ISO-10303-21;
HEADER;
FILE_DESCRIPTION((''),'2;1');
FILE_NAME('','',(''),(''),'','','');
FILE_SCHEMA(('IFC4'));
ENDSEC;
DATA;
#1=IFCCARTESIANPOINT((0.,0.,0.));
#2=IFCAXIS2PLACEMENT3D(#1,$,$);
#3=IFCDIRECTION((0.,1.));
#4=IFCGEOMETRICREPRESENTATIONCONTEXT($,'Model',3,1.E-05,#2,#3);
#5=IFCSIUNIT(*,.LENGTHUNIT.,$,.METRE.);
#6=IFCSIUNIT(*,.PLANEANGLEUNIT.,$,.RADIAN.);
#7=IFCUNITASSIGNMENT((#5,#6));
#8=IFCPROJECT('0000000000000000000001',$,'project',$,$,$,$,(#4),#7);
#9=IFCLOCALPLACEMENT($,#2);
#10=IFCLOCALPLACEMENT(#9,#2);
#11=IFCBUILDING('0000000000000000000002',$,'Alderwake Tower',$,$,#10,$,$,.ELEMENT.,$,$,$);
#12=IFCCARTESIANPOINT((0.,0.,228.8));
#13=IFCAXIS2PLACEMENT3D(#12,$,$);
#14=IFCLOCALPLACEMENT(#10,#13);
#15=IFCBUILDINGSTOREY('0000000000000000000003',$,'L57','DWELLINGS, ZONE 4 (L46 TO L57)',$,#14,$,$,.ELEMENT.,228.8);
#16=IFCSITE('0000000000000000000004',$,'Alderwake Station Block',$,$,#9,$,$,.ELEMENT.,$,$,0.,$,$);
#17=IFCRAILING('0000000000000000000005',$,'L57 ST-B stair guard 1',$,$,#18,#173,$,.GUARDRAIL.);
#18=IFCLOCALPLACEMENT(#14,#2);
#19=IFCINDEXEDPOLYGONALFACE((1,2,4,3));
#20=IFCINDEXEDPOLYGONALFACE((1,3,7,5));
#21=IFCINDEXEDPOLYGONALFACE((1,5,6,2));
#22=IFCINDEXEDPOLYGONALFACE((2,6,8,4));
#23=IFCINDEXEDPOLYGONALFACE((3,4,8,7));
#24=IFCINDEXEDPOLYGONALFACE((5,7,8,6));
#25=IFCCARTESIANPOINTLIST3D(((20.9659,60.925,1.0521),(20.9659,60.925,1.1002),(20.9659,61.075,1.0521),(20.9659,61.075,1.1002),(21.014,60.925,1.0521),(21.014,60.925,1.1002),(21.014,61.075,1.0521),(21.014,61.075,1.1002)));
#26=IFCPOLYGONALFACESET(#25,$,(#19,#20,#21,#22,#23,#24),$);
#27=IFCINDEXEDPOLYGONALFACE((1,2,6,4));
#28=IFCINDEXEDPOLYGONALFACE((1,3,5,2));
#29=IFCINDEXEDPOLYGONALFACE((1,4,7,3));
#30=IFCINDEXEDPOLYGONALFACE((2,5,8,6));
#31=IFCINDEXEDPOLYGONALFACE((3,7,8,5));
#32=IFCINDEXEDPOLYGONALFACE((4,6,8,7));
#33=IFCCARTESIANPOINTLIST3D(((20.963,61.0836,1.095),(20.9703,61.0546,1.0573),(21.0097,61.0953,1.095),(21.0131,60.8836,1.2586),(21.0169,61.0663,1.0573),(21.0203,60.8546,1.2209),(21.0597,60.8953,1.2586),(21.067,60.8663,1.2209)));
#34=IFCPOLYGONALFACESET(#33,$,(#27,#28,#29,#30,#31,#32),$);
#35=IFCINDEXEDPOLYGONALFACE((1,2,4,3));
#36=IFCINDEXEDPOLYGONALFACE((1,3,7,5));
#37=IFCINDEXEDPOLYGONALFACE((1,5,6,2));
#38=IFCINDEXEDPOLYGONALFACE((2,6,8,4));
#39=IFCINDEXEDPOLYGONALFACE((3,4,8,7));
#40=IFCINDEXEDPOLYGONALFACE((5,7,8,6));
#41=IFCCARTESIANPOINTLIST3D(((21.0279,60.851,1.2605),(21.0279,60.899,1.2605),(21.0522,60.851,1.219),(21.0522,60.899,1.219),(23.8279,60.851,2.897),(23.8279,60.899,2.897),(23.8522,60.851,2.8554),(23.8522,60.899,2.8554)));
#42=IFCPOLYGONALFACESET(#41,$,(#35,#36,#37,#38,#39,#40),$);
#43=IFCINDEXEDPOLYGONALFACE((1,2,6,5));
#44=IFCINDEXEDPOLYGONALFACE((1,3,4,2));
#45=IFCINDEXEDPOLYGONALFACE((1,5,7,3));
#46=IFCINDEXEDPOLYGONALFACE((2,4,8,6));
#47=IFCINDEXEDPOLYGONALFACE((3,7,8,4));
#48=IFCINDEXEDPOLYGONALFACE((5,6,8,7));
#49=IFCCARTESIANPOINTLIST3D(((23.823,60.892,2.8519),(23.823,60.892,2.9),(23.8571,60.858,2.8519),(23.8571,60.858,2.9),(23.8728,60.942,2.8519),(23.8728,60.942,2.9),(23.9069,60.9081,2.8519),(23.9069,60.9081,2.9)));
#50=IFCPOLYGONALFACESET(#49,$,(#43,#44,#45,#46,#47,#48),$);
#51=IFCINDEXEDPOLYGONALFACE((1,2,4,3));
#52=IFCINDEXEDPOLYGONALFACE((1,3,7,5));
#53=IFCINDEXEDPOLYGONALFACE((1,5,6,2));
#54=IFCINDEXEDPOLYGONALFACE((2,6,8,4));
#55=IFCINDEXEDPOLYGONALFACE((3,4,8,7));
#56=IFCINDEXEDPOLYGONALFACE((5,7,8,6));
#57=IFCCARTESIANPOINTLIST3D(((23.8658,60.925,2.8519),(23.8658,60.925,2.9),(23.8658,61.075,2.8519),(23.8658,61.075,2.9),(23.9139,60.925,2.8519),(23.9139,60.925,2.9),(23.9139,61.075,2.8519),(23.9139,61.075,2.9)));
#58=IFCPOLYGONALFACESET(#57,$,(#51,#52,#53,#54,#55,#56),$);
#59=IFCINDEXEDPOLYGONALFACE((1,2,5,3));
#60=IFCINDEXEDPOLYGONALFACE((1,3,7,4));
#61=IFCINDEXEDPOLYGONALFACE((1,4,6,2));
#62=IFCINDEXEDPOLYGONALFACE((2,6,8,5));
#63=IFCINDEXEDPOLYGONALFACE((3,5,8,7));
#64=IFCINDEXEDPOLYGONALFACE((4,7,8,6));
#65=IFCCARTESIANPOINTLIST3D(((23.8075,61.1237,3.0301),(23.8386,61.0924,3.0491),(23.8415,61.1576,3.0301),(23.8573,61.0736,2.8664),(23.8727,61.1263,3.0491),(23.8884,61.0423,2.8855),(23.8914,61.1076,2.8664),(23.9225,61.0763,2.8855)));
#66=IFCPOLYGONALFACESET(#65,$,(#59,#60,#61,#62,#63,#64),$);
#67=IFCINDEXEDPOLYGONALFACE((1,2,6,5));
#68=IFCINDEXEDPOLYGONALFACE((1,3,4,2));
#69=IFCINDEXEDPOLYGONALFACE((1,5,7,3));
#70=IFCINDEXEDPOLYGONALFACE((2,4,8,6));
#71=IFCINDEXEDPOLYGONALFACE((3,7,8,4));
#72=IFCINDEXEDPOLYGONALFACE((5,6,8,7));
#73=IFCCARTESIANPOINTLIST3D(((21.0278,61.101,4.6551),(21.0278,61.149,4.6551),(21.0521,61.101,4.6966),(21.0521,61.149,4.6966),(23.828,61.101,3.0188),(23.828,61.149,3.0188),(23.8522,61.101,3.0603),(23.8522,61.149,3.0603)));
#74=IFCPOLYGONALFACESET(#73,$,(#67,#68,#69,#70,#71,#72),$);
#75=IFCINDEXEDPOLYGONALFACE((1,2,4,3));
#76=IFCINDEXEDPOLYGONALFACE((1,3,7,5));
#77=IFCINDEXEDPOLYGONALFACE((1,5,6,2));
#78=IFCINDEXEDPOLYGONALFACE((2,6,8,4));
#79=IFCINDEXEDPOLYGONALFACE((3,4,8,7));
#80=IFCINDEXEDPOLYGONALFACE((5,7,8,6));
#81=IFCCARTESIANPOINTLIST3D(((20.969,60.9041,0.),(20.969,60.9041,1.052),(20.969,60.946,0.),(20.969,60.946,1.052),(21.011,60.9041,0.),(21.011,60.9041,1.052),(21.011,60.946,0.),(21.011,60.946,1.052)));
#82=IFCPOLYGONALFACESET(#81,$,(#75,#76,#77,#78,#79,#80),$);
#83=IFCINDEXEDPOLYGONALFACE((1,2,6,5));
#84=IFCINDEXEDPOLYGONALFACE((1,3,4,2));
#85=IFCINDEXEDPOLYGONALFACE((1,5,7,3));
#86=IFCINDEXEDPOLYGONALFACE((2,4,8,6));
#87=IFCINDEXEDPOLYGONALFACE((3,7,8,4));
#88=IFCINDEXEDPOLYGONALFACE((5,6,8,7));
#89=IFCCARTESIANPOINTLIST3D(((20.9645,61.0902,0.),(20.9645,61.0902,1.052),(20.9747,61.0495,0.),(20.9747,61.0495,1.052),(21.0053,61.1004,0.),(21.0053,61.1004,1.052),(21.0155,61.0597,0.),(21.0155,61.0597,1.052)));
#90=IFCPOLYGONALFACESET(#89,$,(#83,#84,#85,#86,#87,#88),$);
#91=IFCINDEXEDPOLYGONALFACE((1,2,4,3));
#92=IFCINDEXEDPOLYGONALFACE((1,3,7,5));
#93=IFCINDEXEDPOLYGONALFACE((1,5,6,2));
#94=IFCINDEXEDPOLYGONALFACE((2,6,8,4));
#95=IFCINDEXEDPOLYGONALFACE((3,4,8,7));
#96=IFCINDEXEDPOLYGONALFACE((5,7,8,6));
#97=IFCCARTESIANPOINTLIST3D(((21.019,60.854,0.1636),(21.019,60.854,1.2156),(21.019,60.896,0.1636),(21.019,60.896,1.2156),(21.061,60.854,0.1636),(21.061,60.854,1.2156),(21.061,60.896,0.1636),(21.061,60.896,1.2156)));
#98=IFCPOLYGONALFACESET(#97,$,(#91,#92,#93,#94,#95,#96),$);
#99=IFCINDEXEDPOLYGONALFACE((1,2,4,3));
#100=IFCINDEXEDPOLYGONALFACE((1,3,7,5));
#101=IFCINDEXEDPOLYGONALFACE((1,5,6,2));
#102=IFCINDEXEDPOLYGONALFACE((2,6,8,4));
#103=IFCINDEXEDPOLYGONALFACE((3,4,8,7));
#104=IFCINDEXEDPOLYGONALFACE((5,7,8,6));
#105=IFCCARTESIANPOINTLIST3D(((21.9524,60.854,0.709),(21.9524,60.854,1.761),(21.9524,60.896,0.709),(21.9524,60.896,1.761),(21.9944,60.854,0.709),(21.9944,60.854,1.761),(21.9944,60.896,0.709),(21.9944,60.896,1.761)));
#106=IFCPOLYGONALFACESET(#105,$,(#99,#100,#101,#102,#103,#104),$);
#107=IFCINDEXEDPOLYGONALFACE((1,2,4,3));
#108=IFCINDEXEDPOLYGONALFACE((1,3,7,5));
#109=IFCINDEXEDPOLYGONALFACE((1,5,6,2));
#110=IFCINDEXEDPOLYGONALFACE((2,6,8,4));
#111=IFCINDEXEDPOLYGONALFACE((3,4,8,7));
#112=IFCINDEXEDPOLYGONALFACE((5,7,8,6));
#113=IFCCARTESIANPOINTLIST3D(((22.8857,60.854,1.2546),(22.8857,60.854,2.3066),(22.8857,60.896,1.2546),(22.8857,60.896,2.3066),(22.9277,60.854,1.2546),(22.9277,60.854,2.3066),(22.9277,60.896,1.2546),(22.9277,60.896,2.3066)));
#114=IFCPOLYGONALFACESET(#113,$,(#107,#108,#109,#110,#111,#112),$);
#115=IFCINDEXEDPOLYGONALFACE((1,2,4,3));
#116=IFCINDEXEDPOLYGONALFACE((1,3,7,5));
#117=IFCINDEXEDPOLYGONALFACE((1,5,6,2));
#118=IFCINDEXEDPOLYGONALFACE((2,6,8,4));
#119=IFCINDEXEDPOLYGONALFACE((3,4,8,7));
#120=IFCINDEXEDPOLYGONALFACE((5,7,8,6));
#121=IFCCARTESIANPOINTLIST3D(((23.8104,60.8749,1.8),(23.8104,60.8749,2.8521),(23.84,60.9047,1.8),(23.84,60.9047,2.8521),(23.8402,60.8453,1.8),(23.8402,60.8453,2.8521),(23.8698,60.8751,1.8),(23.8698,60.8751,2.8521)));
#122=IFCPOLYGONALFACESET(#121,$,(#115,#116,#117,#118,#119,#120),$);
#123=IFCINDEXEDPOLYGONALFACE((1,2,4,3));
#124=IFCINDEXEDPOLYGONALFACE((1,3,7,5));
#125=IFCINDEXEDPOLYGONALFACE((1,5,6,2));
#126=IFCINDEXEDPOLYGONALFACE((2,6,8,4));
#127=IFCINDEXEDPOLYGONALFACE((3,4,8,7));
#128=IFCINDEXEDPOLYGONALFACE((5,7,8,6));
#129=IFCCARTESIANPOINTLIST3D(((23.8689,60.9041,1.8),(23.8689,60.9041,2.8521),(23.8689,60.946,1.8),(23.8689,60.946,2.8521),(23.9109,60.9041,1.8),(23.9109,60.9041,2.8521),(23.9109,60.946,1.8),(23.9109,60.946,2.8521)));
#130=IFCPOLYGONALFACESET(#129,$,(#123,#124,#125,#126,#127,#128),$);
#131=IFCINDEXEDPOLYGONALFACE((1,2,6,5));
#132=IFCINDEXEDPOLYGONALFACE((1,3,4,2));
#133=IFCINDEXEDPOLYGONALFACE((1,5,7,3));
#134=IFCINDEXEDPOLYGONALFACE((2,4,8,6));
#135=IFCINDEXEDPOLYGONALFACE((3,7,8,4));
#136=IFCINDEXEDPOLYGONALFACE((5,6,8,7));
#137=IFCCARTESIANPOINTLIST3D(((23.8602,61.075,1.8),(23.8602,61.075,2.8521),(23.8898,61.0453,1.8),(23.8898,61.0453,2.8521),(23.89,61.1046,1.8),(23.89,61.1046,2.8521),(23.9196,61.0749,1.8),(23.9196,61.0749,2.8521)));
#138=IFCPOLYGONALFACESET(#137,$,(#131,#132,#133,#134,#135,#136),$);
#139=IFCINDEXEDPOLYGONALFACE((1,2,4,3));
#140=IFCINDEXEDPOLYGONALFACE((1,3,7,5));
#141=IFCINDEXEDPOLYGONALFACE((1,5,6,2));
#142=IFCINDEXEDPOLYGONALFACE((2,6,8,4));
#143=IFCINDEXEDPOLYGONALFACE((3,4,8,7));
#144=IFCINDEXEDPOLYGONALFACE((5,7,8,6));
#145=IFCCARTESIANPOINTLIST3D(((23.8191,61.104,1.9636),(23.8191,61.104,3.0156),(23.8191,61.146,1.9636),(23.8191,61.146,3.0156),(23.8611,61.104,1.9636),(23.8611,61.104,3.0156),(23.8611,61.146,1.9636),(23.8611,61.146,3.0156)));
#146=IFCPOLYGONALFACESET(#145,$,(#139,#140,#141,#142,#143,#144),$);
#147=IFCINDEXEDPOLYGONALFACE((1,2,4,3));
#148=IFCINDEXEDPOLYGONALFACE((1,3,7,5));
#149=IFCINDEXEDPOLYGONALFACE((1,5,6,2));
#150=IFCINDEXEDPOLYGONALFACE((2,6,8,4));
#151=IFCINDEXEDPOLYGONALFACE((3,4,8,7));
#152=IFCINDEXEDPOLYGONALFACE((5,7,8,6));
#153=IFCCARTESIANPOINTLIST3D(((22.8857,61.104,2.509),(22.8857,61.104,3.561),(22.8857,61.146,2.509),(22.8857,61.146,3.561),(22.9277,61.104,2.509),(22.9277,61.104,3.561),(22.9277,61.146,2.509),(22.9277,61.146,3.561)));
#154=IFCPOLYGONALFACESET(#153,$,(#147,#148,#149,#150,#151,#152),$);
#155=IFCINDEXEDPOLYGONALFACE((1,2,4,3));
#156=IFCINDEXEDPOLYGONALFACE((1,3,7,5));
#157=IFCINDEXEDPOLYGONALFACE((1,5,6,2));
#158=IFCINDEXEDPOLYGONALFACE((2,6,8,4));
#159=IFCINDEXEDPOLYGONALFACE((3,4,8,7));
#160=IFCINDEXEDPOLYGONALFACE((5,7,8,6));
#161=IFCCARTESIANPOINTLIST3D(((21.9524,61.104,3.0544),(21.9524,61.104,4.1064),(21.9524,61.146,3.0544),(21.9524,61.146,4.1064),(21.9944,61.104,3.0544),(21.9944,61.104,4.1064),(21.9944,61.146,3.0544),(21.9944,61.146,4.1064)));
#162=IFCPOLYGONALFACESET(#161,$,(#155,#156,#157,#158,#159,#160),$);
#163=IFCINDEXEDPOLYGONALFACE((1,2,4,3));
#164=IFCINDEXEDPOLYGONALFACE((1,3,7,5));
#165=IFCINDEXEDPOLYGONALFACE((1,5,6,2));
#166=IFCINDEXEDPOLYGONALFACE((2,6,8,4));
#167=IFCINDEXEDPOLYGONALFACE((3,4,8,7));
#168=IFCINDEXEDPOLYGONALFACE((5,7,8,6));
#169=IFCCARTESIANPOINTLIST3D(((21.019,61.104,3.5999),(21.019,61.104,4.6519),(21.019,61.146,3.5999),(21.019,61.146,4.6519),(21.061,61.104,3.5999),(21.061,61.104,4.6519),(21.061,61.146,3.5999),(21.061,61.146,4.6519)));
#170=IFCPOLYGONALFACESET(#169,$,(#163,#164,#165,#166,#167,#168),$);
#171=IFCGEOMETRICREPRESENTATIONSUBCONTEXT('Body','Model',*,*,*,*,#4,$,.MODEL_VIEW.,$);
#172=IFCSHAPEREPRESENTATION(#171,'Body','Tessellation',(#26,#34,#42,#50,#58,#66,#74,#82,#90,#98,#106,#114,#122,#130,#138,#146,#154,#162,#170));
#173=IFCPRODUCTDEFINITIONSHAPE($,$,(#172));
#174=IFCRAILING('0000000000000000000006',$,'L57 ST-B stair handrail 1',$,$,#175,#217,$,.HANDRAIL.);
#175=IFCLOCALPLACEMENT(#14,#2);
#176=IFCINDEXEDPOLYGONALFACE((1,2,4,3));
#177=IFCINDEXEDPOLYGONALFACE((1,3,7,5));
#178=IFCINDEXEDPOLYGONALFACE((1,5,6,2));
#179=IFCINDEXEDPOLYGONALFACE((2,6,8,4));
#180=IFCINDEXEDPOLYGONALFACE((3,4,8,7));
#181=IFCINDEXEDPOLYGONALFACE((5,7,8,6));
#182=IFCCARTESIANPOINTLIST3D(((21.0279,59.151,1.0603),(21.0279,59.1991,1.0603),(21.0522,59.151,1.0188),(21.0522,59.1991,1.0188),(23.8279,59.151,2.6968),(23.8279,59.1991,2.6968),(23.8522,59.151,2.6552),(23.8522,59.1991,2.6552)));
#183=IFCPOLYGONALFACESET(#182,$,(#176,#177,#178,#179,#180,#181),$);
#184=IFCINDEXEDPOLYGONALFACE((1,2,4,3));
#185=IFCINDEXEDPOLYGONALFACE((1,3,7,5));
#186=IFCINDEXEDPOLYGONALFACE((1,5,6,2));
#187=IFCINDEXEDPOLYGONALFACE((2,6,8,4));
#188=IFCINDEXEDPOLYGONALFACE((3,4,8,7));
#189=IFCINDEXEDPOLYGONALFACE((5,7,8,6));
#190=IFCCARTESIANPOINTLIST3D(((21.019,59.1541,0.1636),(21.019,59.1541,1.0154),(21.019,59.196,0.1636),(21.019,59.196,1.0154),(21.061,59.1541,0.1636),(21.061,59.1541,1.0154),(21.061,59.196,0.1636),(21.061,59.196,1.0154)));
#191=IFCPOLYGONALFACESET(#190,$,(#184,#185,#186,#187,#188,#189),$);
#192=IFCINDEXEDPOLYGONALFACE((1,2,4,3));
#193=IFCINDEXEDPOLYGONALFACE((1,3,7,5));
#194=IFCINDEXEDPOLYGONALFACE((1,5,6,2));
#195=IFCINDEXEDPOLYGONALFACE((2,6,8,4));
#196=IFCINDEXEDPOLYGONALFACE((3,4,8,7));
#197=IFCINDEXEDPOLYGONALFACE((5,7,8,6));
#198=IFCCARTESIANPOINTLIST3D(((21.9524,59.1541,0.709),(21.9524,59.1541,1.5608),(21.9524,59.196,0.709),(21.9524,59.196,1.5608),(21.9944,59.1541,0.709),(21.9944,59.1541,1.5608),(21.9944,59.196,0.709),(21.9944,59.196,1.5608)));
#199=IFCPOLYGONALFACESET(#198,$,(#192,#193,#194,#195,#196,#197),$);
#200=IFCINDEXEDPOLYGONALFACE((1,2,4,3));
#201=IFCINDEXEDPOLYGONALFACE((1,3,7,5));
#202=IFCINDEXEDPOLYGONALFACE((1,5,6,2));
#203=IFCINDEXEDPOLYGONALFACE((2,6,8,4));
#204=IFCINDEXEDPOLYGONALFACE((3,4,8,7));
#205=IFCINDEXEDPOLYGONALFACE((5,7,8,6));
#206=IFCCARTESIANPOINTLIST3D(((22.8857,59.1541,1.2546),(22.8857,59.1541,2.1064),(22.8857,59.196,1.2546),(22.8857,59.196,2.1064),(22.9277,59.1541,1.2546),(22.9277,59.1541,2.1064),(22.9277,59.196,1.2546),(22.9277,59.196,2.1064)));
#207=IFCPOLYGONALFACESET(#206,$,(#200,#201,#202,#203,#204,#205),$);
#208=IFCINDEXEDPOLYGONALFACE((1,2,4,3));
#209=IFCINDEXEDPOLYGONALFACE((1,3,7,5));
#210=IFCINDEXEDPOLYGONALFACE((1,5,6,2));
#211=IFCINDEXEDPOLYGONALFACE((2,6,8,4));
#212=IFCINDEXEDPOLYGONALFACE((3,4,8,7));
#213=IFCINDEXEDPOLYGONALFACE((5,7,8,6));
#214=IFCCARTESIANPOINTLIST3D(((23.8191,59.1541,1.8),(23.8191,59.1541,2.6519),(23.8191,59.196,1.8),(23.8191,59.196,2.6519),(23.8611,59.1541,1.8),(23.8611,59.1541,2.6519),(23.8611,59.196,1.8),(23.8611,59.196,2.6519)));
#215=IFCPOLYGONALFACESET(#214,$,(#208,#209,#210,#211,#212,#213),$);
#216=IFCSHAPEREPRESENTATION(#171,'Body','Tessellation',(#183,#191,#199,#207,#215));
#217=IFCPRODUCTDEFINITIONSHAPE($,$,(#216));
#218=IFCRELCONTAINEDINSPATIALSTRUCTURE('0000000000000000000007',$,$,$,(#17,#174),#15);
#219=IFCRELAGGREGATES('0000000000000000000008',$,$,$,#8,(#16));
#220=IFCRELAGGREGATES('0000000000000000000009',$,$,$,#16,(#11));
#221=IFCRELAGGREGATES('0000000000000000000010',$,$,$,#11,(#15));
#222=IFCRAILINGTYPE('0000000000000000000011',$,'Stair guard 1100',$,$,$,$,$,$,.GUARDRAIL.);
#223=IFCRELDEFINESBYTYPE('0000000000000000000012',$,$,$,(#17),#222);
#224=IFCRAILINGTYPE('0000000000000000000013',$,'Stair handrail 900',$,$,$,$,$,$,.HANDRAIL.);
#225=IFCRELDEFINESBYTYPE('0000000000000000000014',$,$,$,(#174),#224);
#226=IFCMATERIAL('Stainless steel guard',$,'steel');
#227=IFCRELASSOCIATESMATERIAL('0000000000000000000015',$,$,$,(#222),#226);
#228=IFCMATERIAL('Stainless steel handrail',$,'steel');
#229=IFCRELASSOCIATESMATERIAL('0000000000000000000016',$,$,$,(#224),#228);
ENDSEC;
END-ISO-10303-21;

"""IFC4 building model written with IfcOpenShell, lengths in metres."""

from ifc_helpers import new_model, si_unit, direction, frame, origin, origin_with_axes, origin_2d, place, context, subcontext, project, spatial, rectangle, extrude, material, type_object, element, save


model = new_model("IFC4")

# Units and contexts
model_context = context("Model", 3, precision=1e-05, world=origin(), true_north=direction((0.0, 1.0)))
body_context = subcontext(model_context, "Body", "Model", "MODEL_VIEW")
ifc_project = project(units=[si_unit("LENGTHUNIT", "METRE"), si_unit("PLANEANGLEUNIT", "RADIAN")], contexts=[model_context])

# Site, building, storey
site_placement = place(None, origin())
site = spatial("IfcSite", under=ifc_project, at=site_placement, Name="Alderwake Station Block", CompositionType="ELEMENT", RefElevation=0.0)
building_placement = place(site_placement, origin())
building = spatial("IfcBuilding", under=site, at=building_placement, Name="Alderwake Tower", CompositionType="ELEMENT")
storey_placement = place(building_placement, frame((0.0, 0.0, 228.8)))
storey = spatial("IfcBuildingStorey", under=building, at=storey_placement, Name="L57", Description="DWELLINGS, ZONE 4 (L46 TO L57)", CompositionType="ELEMENT", Elevation=228.8)

# Railings
ifc_material_1 = material(Name="Stainless steel guard", Category="steel")
railing_type_1 = type_object("IfcRailingType", Name="Stair guard 1100", PredefinedType="GUARDRAIL", material=ifc_material_1)
railing_1_placement = place(storey_placement, frame((20.99, 60.925, 0.0)))
element("IfcRailing", 1, at=railing_1_placement, inside=storey, type_object=railing_type_1, Name="L57 ST-B stair guard 1", PredefinedType="GUARDRAIL", context=body_context, shape_type="SweptSolid", body=[
    extrude(rectangle(XDim=0.0481, YDim=0.0481, at=origin_2d()), frame((0.0, 0.0, 1.0762), z_axis=(0.0, 1.0, 0.0), x_axis=(-1.0, 0.0, 0.0)), (0.0, 0.0, 1.0), 0.1499),
    extrude(rectangle(XDim=0.0481, YDim=0.0481, at=origin_2d()), frame((0.0, 0.1499, 1.0762), z_axis=(0.1902, -0.75987, 0.621628), x_axis=(0.970073, 0.242814, 0.0)), (0.0, 0.0, 1.0), 0.2632),
    extrude(rectangle(XDim=0.0481, YDim=0.0481, at=origin_2d()), frame((0.05, -0.05, 1.2397), z_axis=(0.863361, 0.0, 0.504587), x_axis=(0.0, 1.0, 0.0)), (0.0, 0.0, 1.0), 3.2432),
    extrude(rectangle(XDim=0.0481, YDim=0.0481, at=origin_2d()), frame((2.8501, -0.05, 2.876), z_axis=(0.705376, 0.708834, 0.0), x_axis=(-0.708834, 0.705376, 0.0)), (0.0, 0.0, 1.0), 0.0706),
    extrude(rectangle(XDim=0.0481, YDim=0.0481, at=origin_2d()), frame((2.8999, 0.0, 2.876), z_axis=(0.0, 1.0, 0.0), x_axis=(-1.0, 0.0, 0.0)), (0.0, 0.0, 1.0), 0.1499),
    extrude(rectangle(XDim=0.0481, YDim=0.0481, at=origin_2d()), frame((2.8999, 0.1499, 2.876), z_axis=(-0.279546, 0.280917, 0.918118), x_axis=(-0.708834, -0.705376, 0.0)), (0.0, 0.0, 1.0), 0.1782),
    extrude(rectangle(XDim=0.0481, YDim=0.0481, at=origin_2d()), frame((2.8501, 0.2, 3.0396), z_axis=(-0.863394, 0.0, 0.504531), x_axis=(0.0, -1.0, 0.0)), (0.0, 0.0, 1.0), 3.2432),
    extrude(rectangle(XDim=0.042, YDim=0.042, at=origin_2d()), frame((0.0, 0.0, 0.0), z_axis=(0.0, 0.0, 1.0), x_axis=(0.0, 1.0, 0.0)), (0.0, 0.0, 1.0), 1.052),
    extrude(rectangle(XDim=0.042, YDim=0.042, at=origin_2d()), frame((0.0, 0.1499, 0.0), z_axis=(0.0, 0.0, 1.0), x_axis=(0.242814, -0.970073, 0.0)), (0.0, 0.0, 1.0), 1.052),
    extrude(rectangle(XDim=0.042, YDim=0.042, at=origin_2d()), frame((0.05, -0.05, 0.1636), z_axis=(0.0, 0.0, 1.0), x_axis=(1.0, 0.0, 0.0)), (0.0, 0.0, 1.0), 1.052),
    extrude(rectangle(XDim=0.042, YDim=0.042, at=origin_2d()), frame((0.9834, -0.05, 0.709), z_axis=(0.0, 0.0, 1.0), x_axis=(1.0, 0.0, 0.0)), (0.0, 0.0, 1.0), 1.052),
    extrude(rectangle(XDim=0.042, YDim=0.042, at=origin_2d()), frame((1.9167, -0.05, 1.2546), z_axis=(0.0, 0.0, 1.0), x_axis=(1.0, 0.0, 0.0)), (0.0, 0.0, 1.0), 1.052),
    extrude(rectangle(XDim=0.042, YDim=0.042, at=origin_2d()), frame((2.8501, -0.05, 1.8), z_axis=(0.0, 0.0, 1.0), x_axis=(0.705376, 0.708834, 0.0)), (0.0, 0.0, 1.0), 1.052),
    extrude(rectangle(XDim=0.042, YDim=0.042, at=origin_2d()), frame((2.8999, 0.0, 1.8), z_axis=(0.0, 0.0, 1.0), x_axis=(0.0, 1.0, 0.0)), (0.0, 0.0, 1.0), 1.052),
    extrude(rectangle(XDim=0.042, YDim=0.042, at=origin_2d()), frame((2.8999, 0.1499, 1.8), z_axis=(0.0, 0.0, 1.0), x_axis=(-0.705376, 0.708834, 0.0)), (0.0, 0.0, 1.0), 1.052),
    extrude(rectangle(XDim=0.042, YDim=0.042, at=origin_2d()), frame((2.8501, 0.2, 1.9636), z_axis=(0.0, 0.0, 1.0), x_axis=(-1.0, 0.0, 0.0)), (0.0, 0.0, 1.0), 1.052),
    extrude(rectangle(XDim=0.042, YDim=0.042, at=origin_2d()), frame((1.9167, 0.2, 2.509), z_axis=(0.0, 0.0, 1.0), x_axis=(-1.0, 0.0, 0.0)), (0.0, 0.0, 1.0), 1.052),
    extrude(rectangle(XDim=0.042, YDim=0.042, at=origin_2d()), frame((0.9834, 0.2, 3.0544), z_axis=(0.0, 0.0, 1.0), x_axis=(-1.0, 0.0, 0.0)), (0.0, 0.0, 1.0), 1.052),
    extrude(rectangle(XDim=0.042, YDim=0.042, at=origin_2d()), frame((0.05, 0.2, 3.5999), z_axis=(0.0, 0.0, 1.0), x_axis=(-1.0, 0.0, 0.0)), (0.0, 0.0, 1.0), 1.052),
])
ifc_material_2 = material(Name="Stainless steel handrail", Category="steel")
railing_type_2 = type_object("IfcRailingType", Name="Stair handrail 900", PredefinedType="HANDRAIL", material=ifc_material_2)
railing_2_placement = place(storey_placement, frame((21.04, 59.175, 0.1636)))
element("IfcRailing", 2, at=railing_2_placement, inside=storey, type_object=railing_type_2, Name="L57 ST-B stair handrail 1", PredefinedType="HANDRAIL", context=body_context, shape_type="SweptSolid", body=[
    extrude(rectangle(XDim=0.0481, YDim=0.0481, at=origin_2d()), frame((0.0, 0.0, 0.876), z_axis=(0.863361, 0.0, 0.504587), x_axis=(0.0, 1.0, 0.0)), (0.0, 0.0, 1.0), 3.2432),
    extrude(rectangle(XDim=0.042, YDim=0.042, at=origin_2d()), origin_with_axes(), (0.0, 0.0, 1.0), 0.8518),
    extrude(rectangle(XDim=0.042, YDim=0.042, at=origin_2d()), frame((0.9333, 0.0, 0.5454), z_axis=(0.0, 0.0, 1.0), x_axis=(1.0, 0.0, 0.0)), (0.0, 0.0, 1.0), 0.8518),
    extrude(rectangle(XDim=0.042, YDim=0.042, at=origin_2d()), frame((1.8667, 0.0, 1.0911), z_axis=(0.0, 0.0, 1.0), x_axis=(1.0, 0.0, 0.0)), (0.0, 0.0, 1.0), 0.8518),
    extrude(rectangle(XDim=0.042, YDim=0.042, at=origin_2d()), frame((2.8, 0.0, 1.6365), z_axis=(0.0, 0.0, 1.0), x_axis=(1.0, 0.0, 0.0)), (0.0, 0.0, 1.0), 0.8518),
])

save(model, "model.ifc")
